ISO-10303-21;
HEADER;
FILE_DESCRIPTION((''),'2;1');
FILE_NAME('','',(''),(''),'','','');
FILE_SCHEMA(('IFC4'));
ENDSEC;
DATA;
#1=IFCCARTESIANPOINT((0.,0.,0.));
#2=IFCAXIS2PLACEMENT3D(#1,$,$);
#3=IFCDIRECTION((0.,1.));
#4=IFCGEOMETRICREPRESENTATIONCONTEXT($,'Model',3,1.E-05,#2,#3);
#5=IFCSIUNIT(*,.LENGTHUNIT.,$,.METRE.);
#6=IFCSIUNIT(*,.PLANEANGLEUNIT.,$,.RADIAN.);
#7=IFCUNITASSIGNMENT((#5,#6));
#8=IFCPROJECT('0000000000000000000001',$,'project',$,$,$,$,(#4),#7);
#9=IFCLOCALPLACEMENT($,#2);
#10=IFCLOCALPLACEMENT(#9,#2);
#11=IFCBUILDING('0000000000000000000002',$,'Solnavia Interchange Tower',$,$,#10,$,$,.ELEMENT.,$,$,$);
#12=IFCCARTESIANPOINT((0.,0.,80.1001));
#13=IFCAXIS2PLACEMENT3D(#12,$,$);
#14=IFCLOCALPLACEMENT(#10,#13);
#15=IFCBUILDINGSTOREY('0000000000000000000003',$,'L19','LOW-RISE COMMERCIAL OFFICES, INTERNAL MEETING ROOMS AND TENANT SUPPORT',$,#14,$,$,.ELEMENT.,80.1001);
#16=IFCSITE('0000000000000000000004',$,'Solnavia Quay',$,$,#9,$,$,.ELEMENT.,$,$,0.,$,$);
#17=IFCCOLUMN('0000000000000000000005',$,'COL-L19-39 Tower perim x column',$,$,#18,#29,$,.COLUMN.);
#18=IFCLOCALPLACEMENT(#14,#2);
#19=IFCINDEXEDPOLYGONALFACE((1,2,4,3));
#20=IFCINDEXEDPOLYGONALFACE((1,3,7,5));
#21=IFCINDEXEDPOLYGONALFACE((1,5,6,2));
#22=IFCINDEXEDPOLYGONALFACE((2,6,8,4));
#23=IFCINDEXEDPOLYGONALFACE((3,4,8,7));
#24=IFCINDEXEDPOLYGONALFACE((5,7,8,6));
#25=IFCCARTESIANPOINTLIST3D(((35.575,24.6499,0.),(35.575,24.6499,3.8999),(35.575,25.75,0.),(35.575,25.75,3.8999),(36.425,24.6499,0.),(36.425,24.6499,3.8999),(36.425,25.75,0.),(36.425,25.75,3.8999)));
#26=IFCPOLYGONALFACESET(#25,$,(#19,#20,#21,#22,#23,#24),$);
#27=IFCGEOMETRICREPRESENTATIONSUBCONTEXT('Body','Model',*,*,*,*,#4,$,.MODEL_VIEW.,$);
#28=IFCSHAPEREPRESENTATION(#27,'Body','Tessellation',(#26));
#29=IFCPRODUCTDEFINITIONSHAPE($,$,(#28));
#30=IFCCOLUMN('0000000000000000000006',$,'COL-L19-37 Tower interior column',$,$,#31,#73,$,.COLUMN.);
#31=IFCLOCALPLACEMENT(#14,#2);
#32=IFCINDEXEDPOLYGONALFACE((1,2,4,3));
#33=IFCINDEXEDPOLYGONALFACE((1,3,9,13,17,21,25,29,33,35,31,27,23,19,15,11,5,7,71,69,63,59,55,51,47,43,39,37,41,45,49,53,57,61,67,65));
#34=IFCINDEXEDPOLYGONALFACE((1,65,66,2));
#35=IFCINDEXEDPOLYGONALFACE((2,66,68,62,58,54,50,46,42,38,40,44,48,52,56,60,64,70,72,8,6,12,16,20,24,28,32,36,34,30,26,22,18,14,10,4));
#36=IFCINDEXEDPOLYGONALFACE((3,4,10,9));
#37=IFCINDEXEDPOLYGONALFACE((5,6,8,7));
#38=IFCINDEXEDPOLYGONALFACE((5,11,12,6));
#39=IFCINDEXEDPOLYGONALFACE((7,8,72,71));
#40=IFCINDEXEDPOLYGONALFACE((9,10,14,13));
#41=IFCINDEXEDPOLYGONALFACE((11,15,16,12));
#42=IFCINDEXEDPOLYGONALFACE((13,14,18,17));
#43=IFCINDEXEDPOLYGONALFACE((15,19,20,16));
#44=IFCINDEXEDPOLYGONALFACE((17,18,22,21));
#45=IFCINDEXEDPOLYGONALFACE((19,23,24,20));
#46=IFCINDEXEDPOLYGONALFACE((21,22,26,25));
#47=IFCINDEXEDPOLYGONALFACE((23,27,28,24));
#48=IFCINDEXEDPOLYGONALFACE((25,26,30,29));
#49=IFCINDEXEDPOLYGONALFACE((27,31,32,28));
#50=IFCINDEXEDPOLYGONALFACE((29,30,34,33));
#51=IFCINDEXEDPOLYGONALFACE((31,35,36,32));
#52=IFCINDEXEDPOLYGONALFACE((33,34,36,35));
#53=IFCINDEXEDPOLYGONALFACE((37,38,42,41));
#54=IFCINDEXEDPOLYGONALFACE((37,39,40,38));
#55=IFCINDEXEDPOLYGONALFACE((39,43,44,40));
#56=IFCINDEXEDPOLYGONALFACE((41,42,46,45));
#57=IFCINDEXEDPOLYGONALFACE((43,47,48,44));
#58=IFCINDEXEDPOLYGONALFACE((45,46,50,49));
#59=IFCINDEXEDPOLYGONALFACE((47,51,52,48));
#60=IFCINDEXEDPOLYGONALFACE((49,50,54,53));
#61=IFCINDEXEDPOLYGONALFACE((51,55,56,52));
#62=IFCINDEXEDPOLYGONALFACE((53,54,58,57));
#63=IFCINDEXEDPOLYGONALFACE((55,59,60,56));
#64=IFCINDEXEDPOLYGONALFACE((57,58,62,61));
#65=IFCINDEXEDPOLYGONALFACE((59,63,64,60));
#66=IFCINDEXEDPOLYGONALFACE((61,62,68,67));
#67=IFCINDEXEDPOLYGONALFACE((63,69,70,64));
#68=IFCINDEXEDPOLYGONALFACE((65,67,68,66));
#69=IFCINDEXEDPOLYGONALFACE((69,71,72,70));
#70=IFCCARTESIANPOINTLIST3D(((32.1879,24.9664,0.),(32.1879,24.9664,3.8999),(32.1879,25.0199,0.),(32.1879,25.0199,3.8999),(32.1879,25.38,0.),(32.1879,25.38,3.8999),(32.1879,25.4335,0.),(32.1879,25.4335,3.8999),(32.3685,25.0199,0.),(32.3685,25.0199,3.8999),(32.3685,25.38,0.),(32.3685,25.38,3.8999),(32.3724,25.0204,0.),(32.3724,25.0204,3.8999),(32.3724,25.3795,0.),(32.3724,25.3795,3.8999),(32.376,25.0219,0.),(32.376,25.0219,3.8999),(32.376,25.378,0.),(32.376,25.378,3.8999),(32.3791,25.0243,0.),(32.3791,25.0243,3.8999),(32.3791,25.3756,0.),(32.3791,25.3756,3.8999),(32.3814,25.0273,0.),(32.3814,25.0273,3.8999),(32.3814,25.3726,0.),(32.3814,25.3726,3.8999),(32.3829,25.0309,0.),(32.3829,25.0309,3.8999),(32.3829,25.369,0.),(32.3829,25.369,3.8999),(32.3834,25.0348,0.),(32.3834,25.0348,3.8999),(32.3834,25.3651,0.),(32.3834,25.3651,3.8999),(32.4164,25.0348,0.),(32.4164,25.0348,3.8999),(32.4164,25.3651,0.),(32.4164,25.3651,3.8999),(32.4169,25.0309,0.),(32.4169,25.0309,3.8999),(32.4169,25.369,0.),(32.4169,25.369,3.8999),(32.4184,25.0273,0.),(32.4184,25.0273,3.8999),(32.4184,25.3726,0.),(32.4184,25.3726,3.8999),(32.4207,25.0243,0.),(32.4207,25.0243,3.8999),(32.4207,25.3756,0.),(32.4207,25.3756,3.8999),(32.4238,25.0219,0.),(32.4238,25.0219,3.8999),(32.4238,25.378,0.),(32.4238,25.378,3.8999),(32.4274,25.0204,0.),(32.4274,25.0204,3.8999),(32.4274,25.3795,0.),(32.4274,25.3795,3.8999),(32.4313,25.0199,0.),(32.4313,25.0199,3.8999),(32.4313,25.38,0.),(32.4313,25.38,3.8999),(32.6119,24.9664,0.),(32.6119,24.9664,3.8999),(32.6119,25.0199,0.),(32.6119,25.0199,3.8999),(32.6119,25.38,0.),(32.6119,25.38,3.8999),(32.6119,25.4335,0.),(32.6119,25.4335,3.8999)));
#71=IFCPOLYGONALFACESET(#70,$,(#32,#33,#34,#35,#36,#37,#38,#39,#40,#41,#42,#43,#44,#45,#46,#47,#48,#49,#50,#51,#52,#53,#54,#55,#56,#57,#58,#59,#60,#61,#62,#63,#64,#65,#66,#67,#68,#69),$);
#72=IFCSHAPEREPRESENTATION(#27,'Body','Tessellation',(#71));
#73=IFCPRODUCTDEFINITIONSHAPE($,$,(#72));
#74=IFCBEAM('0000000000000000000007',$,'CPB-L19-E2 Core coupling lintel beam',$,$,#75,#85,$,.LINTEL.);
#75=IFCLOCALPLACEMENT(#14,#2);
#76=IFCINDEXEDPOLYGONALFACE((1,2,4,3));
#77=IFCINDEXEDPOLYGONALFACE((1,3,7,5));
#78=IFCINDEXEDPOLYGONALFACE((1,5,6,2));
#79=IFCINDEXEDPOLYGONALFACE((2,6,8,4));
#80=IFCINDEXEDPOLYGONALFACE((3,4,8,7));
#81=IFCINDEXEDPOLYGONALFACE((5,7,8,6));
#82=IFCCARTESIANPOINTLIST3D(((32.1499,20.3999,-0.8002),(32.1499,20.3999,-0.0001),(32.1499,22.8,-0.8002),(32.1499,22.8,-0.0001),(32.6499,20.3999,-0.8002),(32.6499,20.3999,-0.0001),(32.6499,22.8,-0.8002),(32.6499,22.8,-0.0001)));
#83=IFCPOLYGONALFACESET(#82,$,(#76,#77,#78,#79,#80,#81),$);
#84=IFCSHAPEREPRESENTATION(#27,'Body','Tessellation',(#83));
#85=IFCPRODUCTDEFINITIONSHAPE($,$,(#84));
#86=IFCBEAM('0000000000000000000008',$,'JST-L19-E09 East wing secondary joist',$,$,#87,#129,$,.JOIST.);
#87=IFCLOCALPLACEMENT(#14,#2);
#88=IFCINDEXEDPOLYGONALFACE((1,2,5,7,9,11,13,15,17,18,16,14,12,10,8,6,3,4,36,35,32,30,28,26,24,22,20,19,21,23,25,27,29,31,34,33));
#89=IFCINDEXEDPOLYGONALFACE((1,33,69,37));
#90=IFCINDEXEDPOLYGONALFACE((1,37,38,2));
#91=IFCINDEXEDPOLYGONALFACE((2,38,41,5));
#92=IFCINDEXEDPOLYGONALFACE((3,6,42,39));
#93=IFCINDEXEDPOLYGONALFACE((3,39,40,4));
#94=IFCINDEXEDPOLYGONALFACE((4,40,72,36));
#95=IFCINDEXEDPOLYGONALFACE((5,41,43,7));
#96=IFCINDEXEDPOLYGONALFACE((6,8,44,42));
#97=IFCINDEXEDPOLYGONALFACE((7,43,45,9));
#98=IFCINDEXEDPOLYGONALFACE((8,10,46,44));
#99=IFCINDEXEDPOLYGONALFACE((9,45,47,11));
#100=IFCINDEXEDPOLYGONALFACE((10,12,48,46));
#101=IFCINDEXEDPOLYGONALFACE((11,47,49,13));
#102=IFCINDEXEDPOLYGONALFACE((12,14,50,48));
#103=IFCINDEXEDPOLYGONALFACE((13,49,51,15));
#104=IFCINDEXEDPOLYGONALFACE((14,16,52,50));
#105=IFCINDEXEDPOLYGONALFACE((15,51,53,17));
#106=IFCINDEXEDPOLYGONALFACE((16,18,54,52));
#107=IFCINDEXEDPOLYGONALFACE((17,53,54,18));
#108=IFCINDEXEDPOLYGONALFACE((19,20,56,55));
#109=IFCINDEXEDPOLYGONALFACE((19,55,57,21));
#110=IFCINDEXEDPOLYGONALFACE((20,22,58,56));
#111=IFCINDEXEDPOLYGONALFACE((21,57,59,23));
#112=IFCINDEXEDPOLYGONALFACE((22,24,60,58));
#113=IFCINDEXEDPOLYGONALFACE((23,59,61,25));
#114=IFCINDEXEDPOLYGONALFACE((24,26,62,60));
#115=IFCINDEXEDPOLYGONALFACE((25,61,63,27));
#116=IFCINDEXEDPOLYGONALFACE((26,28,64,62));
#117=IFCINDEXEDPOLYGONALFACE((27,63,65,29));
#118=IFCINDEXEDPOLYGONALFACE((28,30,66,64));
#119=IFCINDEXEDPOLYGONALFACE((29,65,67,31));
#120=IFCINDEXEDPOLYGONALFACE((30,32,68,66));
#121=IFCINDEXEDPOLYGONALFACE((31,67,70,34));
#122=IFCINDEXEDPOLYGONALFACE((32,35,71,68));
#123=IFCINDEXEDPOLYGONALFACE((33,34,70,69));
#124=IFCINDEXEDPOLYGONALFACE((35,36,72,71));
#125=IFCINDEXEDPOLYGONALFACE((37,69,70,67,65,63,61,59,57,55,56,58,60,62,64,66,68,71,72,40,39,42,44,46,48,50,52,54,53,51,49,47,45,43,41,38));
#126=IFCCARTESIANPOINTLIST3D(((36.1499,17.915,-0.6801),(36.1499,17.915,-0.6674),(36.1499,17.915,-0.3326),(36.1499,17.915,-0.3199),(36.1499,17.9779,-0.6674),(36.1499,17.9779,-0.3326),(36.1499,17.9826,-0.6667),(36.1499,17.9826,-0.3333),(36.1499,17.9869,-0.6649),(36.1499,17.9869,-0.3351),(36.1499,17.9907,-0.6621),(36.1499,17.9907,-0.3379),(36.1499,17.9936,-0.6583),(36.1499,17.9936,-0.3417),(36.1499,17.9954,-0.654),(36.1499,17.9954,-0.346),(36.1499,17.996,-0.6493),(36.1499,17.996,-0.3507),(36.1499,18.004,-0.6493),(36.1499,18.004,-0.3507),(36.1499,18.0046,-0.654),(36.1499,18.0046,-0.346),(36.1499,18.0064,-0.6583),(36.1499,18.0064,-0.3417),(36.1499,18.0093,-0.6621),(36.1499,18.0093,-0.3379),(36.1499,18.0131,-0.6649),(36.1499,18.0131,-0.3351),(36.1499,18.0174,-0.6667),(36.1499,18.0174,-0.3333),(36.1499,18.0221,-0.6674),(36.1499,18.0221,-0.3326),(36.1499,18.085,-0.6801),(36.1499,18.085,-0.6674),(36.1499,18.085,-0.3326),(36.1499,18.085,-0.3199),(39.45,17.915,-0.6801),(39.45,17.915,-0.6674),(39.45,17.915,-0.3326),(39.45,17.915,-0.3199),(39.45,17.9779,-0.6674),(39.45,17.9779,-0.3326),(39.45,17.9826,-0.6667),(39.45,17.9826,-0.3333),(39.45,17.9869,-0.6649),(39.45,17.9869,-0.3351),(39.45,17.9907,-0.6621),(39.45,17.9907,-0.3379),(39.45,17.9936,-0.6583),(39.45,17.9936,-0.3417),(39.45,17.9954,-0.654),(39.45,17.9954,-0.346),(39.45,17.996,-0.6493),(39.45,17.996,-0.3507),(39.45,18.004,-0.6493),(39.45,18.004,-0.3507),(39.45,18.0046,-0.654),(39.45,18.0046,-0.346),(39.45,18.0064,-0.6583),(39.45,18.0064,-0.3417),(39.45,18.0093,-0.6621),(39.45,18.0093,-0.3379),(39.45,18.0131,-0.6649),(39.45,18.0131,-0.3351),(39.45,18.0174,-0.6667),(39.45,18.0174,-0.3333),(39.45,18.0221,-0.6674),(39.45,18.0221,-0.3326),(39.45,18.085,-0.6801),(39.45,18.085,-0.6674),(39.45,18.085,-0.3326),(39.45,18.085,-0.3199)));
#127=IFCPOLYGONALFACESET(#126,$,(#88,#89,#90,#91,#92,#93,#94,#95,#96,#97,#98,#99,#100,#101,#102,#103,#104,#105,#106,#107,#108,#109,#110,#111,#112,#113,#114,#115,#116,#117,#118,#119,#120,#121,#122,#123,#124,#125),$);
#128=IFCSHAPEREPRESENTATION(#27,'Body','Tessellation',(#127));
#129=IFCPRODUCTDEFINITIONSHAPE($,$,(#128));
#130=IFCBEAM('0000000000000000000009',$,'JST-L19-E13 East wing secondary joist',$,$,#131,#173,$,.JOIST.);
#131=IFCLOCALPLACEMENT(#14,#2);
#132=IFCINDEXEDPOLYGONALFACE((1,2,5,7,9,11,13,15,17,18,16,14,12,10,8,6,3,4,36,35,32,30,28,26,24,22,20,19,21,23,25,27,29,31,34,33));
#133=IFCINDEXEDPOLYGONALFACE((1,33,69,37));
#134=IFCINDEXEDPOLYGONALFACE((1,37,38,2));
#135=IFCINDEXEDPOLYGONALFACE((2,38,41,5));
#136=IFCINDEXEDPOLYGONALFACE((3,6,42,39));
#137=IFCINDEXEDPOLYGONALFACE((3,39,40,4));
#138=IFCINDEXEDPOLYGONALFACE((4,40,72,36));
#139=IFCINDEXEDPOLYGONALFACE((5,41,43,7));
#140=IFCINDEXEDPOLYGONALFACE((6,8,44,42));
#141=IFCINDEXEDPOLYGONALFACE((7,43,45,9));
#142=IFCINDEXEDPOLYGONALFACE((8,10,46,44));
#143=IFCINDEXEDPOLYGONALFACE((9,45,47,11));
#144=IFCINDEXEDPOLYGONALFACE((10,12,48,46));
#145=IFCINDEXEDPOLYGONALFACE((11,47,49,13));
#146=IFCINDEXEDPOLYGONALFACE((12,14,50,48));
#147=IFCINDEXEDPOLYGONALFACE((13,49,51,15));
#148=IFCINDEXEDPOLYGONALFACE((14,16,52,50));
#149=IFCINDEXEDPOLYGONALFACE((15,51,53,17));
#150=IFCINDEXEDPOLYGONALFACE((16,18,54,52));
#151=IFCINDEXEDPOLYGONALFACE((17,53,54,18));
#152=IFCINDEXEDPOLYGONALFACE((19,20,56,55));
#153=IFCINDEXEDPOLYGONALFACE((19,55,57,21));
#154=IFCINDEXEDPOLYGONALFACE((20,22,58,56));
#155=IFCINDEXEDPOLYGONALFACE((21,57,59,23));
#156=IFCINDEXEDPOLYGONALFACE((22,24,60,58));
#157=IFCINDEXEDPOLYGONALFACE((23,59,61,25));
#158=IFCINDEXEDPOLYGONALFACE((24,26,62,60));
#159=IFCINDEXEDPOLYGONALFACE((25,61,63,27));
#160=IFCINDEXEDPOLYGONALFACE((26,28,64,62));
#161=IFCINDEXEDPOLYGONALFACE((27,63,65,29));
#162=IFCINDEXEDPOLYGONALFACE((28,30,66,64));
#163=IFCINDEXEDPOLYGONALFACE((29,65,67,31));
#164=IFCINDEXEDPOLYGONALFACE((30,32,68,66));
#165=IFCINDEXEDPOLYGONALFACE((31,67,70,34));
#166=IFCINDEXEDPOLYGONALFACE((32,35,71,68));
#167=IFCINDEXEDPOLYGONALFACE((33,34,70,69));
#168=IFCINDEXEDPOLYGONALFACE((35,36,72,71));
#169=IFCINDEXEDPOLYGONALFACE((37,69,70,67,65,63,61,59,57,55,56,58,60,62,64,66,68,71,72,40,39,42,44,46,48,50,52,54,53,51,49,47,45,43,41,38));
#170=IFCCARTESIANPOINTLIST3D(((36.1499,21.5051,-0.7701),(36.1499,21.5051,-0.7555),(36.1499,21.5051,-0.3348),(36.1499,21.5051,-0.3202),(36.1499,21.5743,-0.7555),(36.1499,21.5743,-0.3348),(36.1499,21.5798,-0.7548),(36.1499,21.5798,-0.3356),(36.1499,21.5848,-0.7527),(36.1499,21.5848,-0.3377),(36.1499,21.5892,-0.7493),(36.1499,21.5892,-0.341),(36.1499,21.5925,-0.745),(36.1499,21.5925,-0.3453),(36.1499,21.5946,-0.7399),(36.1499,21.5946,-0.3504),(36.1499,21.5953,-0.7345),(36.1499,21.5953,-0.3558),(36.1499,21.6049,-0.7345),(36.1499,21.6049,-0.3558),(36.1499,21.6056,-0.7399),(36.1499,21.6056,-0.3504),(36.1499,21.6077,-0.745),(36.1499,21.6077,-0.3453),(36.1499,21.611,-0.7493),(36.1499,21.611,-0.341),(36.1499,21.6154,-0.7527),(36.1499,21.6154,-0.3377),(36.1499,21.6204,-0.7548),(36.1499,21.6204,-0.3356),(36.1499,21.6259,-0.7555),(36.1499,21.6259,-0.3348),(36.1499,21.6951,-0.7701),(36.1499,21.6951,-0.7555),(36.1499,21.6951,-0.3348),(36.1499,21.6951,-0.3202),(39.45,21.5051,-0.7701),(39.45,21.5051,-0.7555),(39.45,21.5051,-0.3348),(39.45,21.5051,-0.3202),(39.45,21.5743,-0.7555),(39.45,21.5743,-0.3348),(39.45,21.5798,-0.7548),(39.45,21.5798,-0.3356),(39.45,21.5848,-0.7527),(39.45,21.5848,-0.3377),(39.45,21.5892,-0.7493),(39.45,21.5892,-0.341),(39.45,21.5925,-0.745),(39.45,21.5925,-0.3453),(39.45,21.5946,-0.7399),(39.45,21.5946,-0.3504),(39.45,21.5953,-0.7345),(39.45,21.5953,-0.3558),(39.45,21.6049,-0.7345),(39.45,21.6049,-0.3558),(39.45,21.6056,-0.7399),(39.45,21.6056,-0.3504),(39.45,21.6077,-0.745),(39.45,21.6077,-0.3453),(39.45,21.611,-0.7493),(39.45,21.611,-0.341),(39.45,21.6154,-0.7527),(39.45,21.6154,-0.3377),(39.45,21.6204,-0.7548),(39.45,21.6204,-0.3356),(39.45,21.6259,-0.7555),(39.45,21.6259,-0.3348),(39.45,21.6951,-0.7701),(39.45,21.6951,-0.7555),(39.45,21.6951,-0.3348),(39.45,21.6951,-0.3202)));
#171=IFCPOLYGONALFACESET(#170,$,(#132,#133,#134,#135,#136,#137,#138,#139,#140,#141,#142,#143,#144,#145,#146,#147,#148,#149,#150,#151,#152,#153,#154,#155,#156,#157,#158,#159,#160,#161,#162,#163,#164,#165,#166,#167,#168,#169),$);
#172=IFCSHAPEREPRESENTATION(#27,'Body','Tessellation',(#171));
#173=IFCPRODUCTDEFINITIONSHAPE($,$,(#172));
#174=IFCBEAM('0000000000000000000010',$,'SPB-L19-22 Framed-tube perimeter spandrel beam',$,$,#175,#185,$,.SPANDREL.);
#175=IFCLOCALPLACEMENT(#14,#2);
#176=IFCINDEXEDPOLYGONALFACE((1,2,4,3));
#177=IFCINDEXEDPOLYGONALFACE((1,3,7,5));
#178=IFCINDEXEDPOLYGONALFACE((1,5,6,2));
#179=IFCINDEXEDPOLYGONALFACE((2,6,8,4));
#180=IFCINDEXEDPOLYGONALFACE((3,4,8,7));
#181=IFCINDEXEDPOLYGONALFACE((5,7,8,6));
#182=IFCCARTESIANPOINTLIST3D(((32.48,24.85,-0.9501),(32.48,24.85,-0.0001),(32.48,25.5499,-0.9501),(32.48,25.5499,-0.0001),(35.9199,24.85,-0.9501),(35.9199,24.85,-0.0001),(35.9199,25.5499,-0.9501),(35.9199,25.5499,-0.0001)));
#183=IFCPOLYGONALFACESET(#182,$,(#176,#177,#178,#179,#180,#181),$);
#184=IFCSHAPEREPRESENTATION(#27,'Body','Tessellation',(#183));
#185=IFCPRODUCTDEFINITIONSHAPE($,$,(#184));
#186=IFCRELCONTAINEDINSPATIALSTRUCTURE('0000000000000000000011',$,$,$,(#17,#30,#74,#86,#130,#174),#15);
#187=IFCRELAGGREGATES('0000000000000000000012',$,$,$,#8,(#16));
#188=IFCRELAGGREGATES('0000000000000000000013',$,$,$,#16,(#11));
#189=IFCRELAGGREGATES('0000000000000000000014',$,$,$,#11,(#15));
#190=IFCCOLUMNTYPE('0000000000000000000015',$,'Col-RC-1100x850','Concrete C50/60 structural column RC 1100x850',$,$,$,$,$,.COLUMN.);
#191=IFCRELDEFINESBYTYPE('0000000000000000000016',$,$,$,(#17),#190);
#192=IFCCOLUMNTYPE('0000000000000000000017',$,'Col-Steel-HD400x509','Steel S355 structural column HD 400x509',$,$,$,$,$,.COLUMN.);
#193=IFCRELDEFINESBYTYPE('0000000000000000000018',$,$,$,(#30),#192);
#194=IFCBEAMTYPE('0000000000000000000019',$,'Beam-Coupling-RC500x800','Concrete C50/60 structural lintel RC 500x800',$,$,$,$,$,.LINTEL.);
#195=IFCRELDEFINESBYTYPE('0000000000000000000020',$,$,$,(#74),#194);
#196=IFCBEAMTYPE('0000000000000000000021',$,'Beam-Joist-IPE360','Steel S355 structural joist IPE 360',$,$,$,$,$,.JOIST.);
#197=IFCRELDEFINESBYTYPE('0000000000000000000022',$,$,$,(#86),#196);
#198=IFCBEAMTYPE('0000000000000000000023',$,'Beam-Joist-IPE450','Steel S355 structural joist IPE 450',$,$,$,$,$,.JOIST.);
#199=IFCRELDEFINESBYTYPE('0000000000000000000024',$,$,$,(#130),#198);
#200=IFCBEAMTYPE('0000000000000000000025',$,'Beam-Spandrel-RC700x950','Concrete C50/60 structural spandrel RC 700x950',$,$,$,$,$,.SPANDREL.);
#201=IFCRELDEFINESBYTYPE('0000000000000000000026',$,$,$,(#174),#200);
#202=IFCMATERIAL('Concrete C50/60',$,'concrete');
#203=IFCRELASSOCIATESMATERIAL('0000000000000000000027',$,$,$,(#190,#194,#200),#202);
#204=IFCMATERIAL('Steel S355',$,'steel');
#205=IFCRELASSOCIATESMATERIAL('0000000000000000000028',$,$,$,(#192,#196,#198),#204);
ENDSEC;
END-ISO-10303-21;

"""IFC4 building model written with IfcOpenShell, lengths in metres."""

from ifc_helpers import new_model, si_unit, direction, frame, origin, origin_2d, place, context, subcontext, project, spatial, rectangle, i_section, extrude, material, material_profile, profile_set, type_object, element, save


model = new_model("IFC4")

# Units and contexts
model_context = context("Model", 3, precision=1e-05, world=origin(), true_north=direction((0.0, 1.0)))
body_context = subcontext(model_context, "Body", "Model", "MODEL_VIEW")
ifc_project = project(units=[si_unit("LENGTHUNIT", "METRE"), si_unit("PLANEANGLEUNIT", "RADIAN")], contexts=[model_context])

# Site, building, storey
site_placement = place(None, origin())
site = spatial("IfcSite", under=ifc_project, at=site_placement, Name="Solnavia Quay", CompositionType="ELEMENT", RefElevation=0.0)
building_placement = place(site_placement, origin())
building = spatial("IfcBuilding", under=site, at=building_placement, Name="Solnavia Interchange Tower", CompositionType="ELEMENT")
storey_placement = place(building_placement, frame((0.0, 0.0, 80.1001)))
storey = spatial("IfcBuildingStorey", under=building, at=storey_placement, Name="L19", Description="LOW-RISE COMMERCIAL OFFICES, INTERNAL MEETING ROOMS AND TENANT SUPPORT", CompositionType="ELEMENT", Elevation=80.1001)

# Columns
ifc_material_1 = material(Name="Concrete C50/60", Category="concrete")
ifc_material_profile_1 = material_profile(ifc_material_1, rectangle(XDim=0.8501, YDim=1.1001, at=origin_2d()), Name="RC 1100x850")
ifc_profile_set_1 = profile_set([ifc_material_profile_1], Name="Concrete C50/60")
column_type_1 = type_object("IfcColumnType", Name="Col-RC-1100x850", Description="Concrete C50/60 structural column RC 1100x850", PredefinedType="COLUMN", material=ifc_profile_set_1)
column_1_placement = place(storey_placement, frame((36.0, 25.2, 0.0), z_axis=(0.0, 0.0, 1.0), x_axis=(1.0, 0.0, 0.0)))
element("IfcColumn", 1, at=column_1_placement, inside=storey, type_object=column_type_1, Name="COL-L19-39 Tower perim x column", PredefinedType="COLUMN", context=body_context, shape_type="SweptSolid", body=[
    extrude(rectangle(XDim=0.8501, YDim=1.1001, at=origin_2d()), origin(), (0.0, 0.0, 1.0), 3.8999),
])
ifc_material_2 = material(Name="Steel S355", Category="steel")
ifc_material_profile_2 = material_profile(ifc_material_2, i_section(OverallWidth=0.4241, OverallDepth=0.467, WebThickness=0.033, FlangeThickness=0.0535, FilletRadius=0.0149, at=origin_2d()), Name="HD 400x509")
ifc_profile_set_2 = profile_set([ifc_material_profile_2], Name="Steel S355")
column_type_2 = type_object("IfcColumnType", Name="Col-Steel-HD400x509", Description="Steel S355 structural column HD 400x509", PredefinedType="COLUMN", material=ifc_profile_set_2)
column_2_placement = place(storey_placement, frame((32.3999, 25.2, 0.0), z_axis=(0.0, 0.0, 1.0), x_axis=(1.0, 0.0, 0.0)))
element("IfcColumn", 2, at=column_2_placement, inside=storey, type_object=column_type_2, Name="COL-L19-37 Tower interior column", PredefinedType="COLUMN", context=body_context, shape_type="SweptSolid", body=[
    extrude(i_section(OverallWidth=0.4241, OverallDepth=0.467, WebThickness=0.033, FlangeThickness=0.0535, FilletRadius=0.0149, at=origin_2d()), origin(), (0.0, 0.0, 1.0), 3.8999),
])

# Beams
ifc_material_profile_3 = material_profile(ifc_material_1, rectangle(XDim=0.5, YDim=0.8, at=origin_2d()), Name="RC 500x800")
ifc_profile_set_3 = profile_set([ifc_material_profile_3], Name="Concrete C50/60")
beam_type_1 = type_object("IfcBeamType", Name="Beam-Coupling-RC500x800", Description="Concrete C50/60 structural lintel RC 500x800", PredefinedType="LINTEL", material=ifc_profile_set_3)
beam_1_placement = place(storey_placement, frame((32.3999, 20.3999, -0.4001), z_axis=(0.0, 1.0, 0.0), x_axis=(-1.0, 0.0, 0.0)))
element("IfcBeam", 3, at=beam_1_placement, inside=storey, type_object=beam_type_1, Name="CPB-L19-E2 Core coupling lintel beam", PredefinedType="LINTEL", context=body_context, shape_type="SweptSolid", body=[
    extrude(rectangle(XDim=0.5, YDim=0.8, at=origin_2d()), origin(), (0.0, 0.0, 1.0), 2.4001),
])
ifc_material_profile_4 = material_profile(ifc_material_2, i_section(OverallWidth=0.1699, OverallDepth=0.3601, WebThickness=0.0081, FlangeThickness=0.0127, FilletRadius=0.0181, at=origin_2d()), Name="IPE 360")
ifc_profile_set_4 = profile_set([ifc_material_profile_4], Name="Steel S355")
beam_type_2 = type_object("IfcBeamType", Name="Beam-Joist-IPE360", Description="Steel S355 structural joist IPE 360", PredefinedType="JOIST", material=ifc_profile_set_4)
beam_2_placement = place(storey_placement, frame((36.1499, 18.0, -0.5), z_axis=(1.0, 0.0, 0.0), x_axis=(0.0, 1.0, 0.0)))
element("IfcBeam", 4, at=beam_2_placement, inside=storey, type_object=beam_type_2, Name="JST-L19-E09 East wing secondary joist", PredefinedType="JOIST", context=body_context, shape_type="SweptSolid", body=[
    extrude(i_section(OverallWidth=0.1699, OverallDepth=0.3601, WebThickness=0.0081, FlangeThickness=0.0127, FilletRadius=0.0181, at=origin_2d()), origin(), (0.0, 0.0, 1.0), 3.3),
])
ifc_material_profile_5 = material_profile(ifc_material_2, i_section(OverallWidth=0.1899, OverallDepth=0.45, WebThickness=0.0095, FlangeThickness=0.0146, FilletRadius=0.021, at=origin_2d()), Name="IPE 450")
ifc_profile_set_5 = profile_set([ifc_material_profile_5], Name="Steel S355")
beam_type_3 = type_object("IfcBeamType", Name="Beam-Joist-IPE450", Description="Steel S355 structural joist IPE 450", PredefinedType="JOIST", material=ifc_profile_set_5)
beam_3_placement = place(storey_placement, frame((36.1499, 21.6001, -0.5452), z_axis=(1.0, 0.0, 0.0), x_axis=(0.0, 1.0, 0.0)))
element("IfcBeam", 5, at=beam_3_placement, inside=storey, type_object=beam_type_3, Name="JST-L19-E13 East wing secondary joist", PredefinedType="JOIST", context=body_context, shape_type="SweptSolid", body=[
    extrude(i_section(OverallWidth=0.1899, OverallDepth=0.45, WebThickness=0.0095, FlangeThickness=0.0146, FilletRadius=0.021, at=origin_2d()), origin(), (0.0, 0.0, 1.0), 3.3),
])
ifc_material_profile_6 = material_profile(ifc_material_1, rectangle(XDim=0.7, YDim=0.95, at=origin_2d()), Name="RC 700x950")
ifc_profile_set_6 = profile_set([ifc_material_profile_6], Name="Concrete C50/60")
beam_type_4 = type_object("IfcBeamType", Name="Beam-Spandrel-RC700x950", Description="Concrete C50/60 structural spandrel RC 700x950", PredefinedType="SPANDREL", material=ifc_profile_set_6)
beam_4_placement = place(storey_placement, frame((35.9199, 25.2, -0.4751), z_axis=(-1.0, 0.0, 0.0), x_axis=(0.0, -1.0, 0.0)))
element("IfcBeam", 6, at=beam_4_placement, inside=storey, type_object=beam_type_4, Name="SPB-L19-22 Framed-tube perimeter spandrel beam", PredefinedType="SPANDREL", context=body_context, shape_type="SweptSolid", body=[
    extrude(rectangle(XDim=0.7, YDim=0.95, at=origin_2d()), origin(), (0.0, 0.0, 1.0), 3.4399),
])

save(model, "model.ifc")
